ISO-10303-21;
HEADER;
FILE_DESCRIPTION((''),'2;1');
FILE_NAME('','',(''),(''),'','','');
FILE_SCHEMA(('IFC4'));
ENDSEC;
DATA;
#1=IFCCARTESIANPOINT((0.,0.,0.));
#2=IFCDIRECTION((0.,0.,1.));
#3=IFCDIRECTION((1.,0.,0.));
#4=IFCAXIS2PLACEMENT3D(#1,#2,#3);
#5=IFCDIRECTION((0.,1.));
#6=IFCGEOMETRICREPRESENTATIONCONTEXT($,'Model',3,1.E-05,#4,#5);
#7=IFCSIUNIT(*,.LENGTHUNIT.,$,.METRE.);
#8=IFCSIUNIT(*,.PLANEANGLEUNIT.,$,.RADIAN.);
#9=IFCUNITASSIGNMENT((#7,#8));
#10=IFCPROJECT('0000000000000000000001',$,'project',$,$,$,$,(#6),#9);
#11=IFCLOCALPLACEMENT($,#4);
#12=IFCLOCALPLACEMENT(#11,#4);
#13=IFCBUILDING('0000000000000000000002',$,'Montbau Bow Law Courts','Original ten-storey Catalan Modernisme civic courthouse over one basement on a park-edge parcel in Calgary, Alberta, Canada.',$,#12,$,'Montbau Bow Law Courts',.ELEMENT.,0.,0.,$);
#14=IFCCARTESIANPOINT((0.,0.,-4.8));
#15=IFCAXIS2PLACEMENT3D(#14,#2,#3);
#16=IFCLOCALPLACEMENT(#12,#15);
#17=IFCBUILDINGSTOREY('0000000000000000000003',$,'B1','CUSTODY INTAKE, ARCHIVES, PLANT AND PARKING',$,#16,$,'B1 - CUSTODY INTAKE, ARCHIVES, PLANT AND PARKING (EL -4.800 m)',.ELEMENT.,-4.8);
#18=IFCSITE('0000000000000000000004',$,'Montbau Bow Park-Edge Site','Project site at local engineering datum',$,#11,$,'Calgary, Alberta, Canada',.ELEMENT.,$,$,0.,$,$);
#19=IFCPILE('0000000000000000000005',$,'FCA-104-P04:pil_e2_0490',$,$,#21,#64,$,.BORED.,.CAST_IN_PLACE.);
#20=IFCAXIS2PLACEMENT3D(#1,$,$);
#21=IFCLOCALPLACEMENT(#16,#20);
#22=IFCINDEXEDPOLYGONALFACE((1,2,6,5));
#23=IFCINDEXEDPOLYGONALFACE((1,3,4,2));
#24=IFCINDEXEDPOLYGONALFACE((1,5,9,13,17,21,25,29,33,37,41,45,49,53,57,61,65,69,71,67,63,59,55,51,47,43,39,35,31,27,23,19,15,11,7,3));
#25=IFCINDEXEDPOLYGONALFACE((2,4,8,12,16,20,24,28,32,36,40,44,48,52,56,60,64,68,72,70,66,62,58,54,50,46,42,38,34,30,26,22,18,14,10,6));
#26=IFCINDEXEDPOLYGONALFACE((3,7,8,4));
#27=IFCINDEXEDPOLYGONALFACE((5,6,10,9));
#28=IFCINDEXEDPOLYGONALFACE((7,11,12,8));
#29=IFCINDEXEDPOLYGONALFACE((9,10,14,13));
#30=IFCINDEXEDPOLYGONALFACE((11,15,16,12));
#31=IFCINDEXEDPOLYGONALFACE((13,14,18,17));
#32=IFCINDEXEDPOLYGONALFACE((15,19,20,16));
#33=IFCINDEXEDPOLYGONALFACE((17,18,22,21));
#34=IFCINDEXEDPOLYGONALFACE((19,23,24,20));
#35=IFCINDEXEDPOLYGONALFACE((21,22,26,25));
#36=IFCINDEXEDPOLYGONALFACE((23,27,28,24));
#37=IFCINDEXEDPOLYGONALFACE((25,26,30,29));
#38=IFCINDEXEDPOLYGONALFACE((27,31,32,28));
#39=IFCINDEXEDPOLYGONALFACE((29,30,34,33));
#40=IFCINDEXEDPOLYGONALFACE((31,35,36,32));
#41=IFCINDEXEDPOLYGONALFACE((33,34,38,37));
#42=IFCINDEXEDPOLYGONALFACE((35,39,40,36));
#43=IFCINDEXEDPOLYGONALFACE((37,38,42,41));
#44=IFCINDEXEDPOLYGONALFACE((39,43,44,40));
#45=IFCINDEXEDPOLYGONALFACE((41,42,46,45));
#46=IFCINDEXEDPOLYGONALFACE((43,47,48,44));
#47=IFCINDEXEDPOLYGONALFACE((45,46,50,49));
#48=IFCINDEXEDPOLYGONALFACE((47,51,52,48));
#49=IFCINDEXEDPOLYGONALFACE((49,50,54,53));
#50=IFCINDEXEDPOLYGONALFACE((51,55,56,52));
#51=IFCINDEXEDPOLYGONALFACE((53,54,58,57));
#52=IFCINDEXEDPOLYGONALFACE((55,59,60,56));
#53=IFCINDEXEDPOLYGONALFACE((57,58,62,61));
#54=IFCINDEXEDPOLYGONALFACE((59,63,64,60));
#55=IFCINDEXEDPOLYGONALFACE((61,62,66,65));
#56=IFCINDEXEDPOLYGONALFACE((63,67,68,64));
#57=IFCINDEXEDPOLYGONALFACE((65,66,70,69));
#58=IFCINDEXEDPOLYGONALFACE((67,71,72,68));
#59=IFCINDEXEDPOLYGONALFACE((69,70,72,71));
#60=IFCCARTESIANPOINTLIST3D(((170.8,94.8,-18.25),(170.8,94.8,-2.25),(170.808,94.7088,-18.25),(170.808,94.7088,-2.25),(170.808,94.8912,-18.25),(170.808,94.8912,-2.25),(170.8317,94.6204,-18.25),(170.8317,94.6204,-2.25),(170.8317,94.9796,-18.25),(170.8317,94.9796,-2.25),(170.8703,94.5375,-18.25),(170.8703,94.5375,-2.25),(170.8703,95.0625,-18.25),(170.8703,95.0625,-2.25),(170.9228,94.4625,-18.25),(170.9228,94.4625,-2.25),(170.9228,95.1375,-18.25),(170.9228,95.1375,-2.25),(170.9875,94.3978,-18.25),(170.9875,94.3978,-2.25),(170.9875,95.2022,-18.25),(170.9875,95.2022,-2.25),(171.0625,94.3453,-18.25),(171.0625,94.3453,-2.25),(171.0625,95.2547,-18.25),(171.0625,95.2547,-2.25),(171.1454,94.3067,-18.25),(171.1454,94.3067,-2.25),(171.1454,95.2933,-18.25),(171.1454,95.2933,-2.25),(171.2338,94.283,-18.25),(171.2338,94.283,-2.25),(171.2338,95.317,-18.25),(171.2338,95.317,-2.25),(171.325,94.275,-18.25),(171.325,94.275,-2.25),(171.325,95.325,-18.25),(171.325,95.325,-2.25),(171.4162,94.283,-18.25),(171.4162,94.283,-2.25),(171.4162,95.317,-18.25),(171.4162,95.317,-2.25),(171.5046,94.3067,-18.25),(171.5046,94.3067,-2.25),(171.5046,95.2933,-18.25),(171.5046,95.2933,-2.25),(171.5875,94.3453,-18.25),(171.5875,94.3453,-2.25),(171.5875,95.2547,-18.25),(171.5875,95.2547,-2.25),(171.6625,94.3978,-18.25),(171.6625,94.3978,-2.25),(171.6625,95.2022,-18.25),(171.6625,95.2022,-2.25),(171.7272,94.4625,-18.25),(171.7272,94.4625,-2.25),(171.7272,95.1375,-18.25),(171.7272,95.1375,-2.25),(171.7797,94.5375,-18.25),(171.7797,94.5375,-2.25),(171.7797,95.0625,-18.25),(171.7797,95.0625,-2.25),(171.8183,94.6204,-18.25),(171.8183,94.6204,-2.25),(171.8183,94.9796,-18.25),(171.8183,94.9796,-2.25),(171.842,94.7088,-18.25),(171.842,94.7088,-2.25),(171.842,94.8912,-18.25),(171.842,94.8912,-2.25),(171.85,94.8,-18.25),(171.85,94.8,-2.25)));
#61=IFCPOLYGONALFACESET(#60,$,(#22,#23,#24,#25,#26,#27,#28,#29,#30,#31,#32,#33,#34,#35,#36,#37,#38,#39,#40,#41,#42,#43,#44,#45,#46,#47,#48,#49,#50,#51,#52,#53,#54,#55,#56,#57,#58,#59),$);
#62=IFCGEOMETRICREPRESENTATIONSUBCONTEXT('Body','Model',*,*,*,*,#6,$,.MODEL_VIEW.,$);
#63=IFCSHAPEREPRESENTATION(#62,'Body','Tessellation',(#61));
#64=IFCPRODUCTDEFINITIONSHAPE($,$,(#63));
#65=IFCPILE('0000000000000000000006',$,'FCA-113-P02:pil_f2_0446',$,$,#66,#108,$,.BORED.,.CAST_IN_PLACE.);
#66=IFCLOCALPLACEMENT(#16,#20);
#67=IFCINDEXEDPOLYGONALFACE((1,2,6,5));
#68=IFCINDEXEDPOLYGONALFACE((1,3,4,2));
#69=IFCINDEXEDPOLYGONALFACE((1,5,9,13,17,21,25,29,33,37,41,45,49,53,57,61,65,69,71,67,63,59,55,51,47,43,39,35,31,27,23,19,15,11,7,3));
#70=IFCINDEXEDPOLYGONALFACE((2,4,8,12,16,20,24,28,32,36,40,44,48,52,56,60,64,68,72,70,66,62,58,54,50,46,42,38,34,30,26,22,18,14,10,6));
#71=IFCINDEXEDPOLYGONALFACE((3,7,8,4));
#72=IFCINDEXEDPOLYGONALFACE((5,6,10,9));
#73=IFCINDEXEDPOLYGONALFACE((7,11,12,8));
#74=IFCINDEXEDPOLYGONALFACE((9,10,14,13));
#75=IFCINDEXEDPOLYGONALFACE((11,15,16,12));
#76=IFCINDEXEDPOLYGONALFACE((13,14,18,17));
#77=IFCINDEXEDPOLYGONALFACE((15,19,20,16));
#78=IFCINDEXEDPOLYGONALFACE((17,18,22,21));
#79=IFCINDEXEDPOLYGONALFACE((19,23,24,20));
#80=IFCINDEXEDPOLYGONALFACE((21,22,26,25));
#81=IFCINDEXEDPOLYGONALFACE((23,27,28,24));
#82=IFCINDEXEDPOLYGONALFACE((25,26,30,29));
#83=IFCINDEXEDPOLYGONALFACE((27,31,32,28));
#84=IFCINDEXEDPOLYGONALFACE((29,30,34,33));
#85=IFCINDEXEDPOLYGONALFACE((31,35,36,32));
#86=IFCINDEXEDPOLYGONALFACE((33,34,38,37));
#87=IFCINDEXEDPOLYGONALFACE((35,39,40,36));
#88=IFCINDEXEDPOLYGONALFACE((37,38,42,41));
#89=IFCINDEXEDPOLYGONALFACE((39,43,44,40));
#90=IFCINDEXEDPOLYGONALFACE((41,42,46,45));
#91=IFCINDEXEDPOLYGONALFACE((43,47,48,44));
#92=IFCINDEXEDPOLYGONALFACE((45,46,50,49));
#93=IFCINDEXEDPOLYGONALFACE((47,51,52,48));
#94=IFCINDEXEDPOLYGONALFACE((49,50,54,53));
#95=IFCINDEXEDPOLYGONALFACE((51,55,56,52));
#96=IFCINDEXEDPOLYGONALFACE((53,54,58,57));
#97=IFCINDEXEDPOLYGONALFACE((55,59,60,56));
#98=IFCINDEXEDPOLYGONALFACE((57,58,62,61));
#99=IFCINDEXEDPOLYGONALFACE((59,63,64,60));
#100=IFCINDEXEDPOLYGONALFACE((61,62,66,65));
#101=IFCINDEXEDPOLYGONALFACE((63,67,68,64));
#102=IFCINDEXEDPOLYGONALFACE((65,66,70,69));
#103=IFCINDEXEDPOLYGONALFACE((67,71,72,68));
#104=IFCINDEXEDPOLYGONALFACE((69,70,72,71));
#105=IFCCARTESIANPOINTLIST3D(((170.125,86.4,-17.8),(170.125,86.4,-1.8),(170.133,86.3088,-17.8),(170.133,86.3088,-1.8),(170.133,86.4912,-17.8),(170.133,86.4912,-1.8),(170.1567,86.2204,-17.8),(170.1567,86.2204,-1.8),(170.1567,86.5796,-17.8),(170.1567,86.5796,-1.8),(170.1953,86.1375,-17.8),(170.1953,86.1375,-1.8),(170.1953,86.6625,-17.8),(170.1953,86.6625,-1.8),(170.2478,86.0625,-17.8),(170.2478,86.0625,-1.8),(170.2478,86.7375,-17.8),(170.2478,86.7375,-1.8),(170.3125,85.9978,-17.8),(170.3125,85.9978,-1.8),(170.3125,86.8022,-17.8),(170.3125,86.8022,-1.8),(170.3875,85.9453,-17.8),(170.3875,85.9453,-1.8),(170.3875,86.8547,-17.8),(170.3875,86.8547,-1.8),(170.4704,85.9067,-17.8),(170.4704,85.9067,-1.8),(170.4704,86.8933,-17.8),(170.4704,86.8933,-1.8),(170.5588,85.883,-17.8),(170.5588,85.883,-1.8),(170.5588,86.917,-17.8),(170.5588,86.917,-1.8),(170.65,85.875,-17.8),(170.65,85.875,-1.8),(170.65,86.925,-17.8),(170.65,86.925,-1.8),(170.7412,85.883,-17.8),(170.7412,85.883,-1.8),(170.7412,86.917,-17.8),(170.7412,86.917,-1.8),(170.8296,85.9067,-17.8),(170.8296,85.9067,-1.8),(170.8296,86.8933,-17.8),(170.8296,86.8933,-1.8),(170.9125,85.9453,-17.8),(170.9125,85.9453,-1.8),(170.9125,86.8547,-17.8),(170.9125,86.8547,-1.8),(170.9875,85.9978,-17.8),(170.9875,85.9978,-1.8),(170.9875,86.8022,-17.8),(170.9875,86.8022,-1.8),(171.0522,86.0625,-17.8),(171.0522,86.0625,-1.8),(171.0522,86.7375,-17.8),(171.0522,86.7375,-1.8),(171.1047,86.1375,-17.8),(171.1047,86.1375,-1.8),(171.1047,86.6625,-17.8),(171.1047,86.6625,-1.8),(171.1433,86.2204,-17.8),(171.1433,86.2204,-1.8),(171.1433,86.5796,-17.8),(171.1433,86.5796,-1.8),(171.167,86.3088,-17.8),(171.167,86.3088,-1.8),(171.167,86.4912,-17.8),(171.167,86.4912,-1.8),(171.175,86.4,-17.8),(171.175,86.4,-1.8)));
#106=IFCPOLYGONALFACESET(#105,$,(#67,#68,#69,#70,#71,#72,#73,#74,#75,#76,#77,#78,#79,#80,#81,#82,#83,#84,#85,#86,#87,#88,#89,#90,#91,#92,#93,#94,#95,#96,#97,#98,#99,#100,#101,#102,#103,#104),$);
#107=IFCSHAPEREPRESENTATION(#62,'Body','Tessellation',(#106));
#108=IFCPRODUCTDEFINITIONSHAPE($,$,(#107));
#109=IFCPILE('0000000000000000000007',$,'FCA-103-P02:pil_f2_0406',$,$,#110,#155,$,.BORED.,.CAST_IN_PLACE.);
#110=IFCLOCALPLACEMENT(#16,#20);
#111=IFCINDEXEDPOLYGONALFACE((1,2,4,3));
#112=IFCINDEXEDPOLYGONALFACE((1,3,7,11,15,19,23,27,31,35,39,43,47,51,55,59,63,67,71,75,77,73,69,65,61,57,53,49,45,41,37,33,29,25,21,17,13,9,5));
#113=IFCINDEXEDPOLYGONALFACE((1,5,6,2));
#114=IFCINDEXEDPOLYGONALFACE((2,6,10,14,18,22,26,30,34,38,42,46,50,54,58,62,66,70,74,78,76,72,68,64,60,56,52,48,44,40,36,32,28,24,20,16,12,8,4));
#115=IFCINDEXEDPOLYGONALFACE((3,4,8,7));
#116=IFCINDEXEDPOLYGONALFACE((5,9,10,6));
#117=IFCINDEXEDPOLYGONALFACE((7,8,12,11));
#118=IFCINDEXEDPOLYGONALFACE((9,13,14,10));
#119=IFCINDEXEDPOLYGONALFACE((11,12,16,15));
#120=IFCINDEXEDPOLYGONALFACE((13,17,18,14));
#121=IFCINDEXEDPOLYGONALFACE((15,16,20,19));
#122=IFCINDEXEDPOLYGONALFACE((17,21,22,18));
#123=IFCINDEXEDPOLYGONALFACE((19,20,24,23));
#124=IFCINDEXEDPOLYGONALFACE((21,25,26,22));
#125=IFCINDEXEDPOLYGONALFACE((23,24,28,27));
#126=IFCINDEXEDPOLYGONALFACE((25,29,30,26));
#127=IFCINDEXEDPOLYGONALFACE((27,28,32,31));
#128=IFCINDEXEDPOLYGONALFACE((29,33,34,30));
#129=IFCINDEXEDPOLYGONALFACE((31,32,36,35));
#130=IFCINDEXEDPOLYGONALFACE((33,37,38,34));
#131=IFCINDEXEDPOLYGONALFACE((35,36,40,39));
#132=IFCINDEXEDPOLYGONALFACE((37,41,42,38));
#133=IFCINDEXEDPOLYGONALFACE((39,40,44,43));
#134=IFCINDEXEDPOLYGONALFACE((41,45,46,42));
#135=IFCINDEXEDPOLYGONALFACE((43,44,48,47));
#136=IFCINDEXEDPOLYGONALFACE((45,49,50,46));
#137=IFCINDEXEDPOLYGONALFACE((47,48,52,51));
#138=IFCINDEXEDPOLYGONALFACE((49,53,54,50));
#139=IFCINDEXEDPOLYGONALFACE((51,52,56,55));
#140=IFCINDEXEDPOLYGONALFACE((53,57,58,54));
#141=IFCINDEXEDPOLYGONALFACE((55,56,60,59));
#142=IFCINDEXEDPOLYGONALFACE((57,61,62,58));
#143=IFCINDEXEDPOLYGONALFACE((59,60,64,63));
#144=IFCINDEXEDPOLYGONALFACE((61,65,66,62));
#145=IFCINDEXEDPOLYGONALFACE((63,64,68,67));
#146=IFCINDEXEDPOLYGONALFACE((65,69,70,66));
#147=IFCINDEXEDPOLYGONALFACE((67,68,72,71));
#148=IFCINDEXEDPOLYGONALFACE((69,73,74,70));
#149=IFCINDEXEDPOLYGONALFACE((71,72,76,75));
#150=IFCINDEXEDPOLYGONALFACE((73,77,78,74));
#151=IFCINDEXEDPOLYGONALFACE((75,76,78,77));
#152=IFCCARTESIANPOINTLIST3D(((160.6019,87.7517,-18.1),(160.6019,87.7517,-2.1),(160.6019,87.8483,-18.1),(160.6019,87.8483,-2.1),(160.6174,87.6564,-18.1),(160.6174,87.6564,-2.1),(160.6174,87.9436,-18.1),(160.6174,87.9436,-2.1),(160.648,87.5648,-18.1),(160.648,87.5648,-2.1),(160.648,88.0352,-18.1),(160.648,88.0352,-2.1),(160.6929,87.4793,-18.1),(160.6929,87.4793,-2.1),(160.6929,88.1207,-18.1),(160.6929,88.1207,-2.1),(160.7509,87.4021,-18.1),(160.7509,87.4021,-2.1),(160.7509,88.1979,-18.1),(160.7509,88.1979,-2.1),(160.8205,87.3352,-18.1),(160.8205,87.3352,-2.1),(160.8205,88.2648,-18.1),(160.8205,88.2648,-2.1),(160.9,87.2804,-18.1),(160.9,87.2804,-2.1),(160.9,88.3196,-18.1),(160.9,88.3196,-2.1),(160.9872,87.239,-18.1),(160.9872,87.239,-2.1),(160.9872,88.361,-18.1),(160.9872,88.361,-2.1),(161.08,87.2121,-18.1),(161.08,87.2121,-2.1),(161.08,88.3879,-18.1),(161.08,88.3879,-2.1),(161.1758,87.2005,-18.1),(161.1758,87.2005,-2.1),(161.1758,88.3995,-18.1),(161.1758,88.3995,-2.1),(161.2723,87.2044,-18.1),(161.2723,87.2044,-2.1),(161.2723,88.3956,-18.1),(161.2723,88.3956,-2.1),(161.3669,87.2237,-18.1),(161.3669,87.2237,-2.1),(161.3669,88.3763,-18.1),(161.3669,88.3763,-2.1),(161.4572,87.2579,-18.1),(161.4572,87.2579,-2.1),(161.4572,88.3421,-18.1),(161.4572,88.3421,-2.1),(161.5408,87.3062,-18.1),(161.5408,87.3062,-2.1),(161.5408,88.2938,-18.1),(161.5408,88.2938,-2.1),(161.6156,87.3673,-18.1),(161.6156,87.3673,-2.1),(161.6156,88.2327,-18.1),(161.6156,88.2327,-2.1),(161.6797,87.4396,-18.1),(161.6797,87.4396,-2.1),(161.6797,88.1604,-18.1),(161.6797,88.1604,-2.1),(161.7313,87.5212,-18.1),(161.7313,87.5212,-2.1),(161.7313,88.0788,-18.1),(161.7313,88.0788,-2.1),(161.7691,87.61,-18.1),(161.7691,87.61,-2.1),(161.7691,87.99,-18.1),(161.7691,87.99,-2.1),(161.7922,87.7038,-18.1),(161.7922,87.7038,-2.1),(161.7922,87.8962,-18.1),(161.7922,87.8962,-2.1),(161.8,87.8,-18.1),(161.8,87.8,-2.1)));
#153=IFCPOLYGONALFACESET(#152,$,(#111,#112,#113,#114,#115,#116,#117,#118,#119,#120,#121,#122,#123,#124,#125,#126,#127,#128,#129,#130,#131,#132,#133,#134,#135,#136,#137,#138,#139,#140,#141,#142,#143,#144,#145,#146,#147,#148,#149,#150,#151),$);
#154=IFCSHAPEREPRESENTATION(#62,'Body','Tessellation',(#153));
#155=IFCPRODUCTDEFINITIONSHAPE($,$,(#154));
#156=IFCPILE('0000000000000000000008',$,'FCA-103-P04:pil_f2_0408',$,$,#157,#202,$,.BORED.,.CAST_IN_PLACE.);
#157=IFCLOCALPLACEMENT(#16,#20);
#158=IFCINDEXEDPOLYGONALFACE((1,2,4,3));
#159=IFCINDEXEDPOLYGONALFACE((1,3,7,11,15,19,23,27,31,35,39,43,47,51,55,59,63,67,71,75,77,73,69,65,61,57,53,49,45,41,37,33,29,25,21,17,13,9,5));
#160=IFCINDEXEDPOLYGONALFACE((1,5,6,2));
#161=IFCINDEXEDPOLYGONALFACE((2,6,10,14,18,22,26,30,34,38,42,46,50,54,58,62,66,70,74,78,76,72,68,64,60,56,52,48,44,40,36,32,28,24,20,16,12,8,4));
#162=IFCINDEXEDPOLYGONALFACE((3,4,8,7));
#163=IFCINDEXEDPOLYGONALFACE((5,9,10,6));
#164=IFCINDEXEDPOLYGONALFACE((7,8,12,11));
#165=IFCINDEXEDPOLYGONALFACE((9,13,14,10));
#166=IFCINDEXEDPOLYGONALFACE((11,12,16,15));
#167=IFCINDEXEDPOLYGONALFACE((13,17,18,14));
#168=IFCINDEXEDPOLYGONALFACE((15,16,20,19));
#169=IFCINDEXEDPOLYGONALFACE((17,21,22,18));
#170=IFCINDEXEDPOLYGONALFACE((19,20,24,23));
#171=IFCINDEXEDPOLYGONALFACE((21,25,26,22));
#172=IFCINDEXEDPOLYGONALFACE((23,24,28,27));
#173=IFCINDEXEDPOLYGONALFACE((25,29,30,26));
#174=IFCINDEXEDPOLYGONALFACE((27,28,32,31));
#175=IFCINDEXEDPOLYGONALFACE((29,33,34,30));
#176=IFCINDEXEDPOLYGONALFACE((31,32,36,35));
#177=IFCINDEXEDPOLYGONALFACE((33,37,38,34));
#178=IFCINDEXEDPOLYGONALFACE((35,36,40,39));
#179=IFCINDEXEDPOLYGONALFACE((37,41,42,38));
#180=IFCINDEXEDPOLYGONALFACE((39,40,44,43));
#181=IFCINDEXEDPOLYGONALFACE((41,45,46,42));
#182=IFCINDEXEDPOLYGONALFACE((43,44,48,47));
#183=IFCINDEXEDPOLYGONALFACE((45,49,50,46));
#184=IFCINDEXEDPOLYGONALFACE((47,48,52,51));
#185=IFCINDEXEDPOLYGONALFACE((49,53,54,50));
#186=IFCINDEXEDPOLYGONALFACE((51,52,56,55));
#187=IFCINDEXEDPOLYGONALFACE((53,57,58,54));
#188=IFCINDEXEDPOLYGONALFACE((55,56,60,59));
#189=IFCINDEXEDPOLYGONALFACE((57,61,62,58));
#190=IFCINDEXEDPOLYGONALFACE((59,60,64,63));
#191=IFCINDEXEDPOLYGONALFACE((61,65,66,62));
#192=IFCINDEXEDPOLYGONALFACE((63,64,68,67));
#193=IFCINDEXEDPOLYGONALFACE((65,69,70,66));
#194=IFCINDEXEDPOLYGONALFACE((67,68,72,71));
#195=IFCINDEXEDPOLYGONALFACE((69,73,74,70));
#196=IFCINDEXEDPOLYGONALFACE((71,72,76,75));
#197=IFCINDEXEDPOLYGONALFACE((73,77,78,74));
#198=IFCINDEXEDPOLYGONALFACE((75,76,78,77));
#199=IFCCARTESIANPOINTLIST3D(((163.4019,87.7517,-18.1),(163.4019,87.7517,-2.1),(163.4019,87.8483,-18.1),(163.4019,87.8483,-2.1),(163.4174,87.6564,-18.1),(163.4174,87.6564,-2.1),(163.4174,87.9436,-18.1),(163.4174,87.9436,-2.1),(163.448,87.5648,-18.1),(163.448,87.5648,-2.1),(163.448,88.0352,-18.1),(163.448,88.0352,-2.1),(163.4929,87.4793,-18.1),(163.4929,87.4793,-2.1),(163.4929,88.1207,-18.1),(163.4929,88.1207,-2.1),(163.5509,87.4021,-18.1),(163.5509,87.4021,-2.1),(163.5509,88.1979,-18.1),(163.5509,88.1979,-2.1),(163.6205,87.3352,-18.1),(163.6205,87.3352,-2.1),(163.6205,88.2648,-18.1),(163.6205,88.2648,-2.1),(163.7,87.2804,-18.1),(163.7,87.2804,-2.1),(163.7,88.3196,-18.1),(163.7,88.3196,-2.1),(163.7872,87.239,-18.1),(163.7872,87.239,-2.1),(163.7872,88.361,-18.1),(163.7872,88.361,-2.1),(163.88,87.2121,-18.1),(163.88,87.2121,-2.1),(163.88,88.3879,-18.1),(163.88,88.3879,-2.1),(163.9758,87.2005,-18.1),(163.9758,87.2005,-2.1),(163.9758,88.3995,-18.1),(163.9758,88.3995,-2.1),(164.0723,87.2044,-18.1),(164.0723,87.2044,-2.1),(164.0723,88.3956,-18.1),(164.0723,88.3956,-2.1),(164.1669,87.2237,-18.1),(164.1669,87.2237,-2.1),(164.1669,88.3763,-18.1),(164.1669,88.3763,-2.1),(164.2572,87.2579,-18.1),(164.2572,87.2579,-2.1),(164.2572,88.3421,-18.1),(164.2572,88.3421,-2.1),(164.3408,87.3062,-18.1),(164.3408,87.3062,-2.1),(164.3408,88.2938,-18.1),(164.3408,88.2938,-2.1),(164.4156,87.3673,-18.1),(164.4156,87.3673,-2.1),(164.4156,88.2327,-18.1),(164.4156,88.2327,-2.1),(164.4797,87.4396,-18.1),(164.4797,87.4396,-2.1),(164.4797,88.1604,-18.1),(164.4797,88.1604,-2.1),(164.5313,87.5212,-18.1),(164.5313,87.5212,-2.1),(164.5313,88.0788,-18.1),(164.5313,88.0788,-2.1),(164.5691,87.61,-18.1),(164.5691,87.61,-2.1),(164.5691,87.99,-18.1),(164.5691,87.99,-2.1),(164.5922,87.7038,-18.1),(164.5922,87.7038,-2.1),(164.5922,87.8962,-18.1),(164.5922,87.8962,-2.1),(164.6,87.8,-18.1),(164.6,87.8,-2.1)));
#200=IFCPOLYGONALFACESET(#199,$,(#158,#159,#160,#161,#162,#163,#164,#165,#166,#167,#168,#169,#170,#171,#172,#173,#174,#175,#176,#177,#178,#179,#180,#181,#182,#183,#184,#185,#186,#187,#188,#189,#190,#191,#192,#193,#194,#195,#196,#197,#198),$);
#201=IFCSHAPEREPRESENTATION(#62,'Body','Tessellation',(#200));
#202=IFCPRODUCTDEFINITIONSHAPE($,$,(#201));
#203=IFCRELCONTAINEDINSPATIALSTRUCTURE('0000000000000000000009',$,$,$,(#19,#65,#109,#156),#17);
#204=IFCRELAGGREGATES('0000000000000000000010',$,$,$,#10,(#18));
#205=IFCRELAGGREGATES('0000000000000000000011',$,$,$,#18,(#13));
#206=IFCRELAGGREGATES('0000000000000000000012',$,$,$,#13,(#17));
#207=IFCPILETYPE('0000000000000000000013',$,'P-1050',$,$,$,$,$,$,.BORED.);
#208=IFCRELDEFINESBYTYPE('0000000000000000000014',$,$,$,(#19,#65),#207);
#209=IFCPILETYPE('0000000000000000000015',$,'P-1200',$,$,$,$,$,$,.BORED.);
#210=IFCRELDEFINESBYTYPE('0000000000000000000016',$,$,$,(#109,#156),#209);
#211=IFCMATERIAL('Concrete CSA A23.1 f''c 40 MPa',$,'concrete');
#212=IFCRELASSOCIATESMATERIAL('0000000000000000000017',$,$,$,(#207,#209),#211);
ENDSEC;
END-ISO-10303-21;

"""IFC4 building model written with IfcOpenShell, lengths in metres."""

from ifc_helpers import new_model, si_unit, direction, frame, origin_with_axes, origin_2d_with_axis, place, context, subcontext, project, spatial, circle, extrude, material, material_profile, profile_set, type_object, element, save


model = new_model("IFC4")

# Units and contexts
model_context = context("Model", 3, precision=1e-05, world=origin_with_axes(), true_north=direction((0.0, 1.0)))
body_context = subcontext(model_context, "Body", "Model", "MODEL_VIEW")
ifc_project = project(units=[si_unit("LENGTHUNIT", "METRE"), si_unit("PLANEANGLEUNIT", "RADIAN")], contexts=[model_context])

# Site, building, storey
site_placement = place(None, origin_with_axes())
site = spatial("IfcSite", under=ifc_project, at=site_placement, Name="Montbau Bow Park-Edge Site", Description="Project site at local engineering datum", LongName="Calgary, Alberta, Canada", CompositionType="ELEMENT", RefElevation=0.0)
building_placement = place(site_placement, origin_with_axes())
building = spatial("IfcBuilding", under=site, at=building_placement, Name="Montbau Bow Law Courts", Description="Original ten-storey Catalan Modernisme civic courthouse over one basement on a park-edge parcel in Calgary, Alberta, Canada.", LongName="Montbau Bow Law Courts", CompositionType="ELEMENT", ElevationOfRefHeight=0.0, ElevationOfTerrain=0.0)
storey_placement = place(building_placement, frame((0.0, 0.0, -4.8), z_axis=(0.0, 0.0, 1.0), x_axis=(1.0, 0.0, 0.0)))
storey = spatial("IfcBuildingStorey", under=building, at=storey_placement, Name="B1", Description="CUSTODY INTAKE, ARCHIVES, PLANT AND PARKING", LongName="B1 - CUSTODY INTAKE, ARCHIVES, PLANT AND PARKING (EL -4.800 m)", CompositionType="ELEMENT", Elevation=-4.8)

# Piles
ifc_material_1 = material(Name="Concrete CSA A23.1 f'c 40 MPa", Category="concrete")
ifc_material_profile_1 = material_profile(ifc_material_1, circle(Radius=0.525, at=origin_2d_with_axis()), Name="BP1050", Category="Main", Priority=0)
ifc_profile_set_1 = profile_set([ifc_material_profile_1], Name="Concrete CSA A23.1 f'c 40 MPa")
pile_type_1 = type_object("IfcPileType", Name="P-1050", PredefinedType="BORED", material=ifc_profile_set_1)
for number, where, z_axis, x_axis, name in (
    (1, (171.325, 94.8, -23.05), (0.0, 0.0, 1.0), (1.0, 0.0, 0.0), "FCA-104-P04:pil_e2_0490"),
    (2, (170.65, 86.4, -22.6), (0.0, 0.0, 1.0), (1.0, 0.0, 0.0), "FCA-113-P02:pil_f2_0446"),
):
    element("IfcPile", number, at=place(None, frame(where, z_axis=z_axis, x_axis=x_axis)), inside=storey, type_object=pile_type_1, Name=name, ConstructionType="CAST_IN_PLACE", PredefinedType="BORED", context=body_context, shape_type="SweptSolid", body=[
        extrude(circle(Radius=0.525, at=origin_2d_with_axis()), origin_with_axes(), (0.0, 0.0, 1.0), 16.0),
    ])
ifc_material_profile_2 = material_profile(ifc_material_1, circle(Radius=0.6, at=origin_2d_with_axis()), Name="BP1200", Category="Main", Priority=0)
ifc_profile_set_2 = profile_set([ifc_material_profile_2], Name="Concrete CSA A23.1 f'c 40 MPa")
pile_type_2 = type_object("IfcPileType", Name="P-1200", PredefinedType="BORED", material=ifc_profile_set_2)
for number, where, z_axis, x_axis, name in (
    (3, (161.2, 87.8, -22.9), (0.0, 0.0, 1.0), (1.0, 0.0, 0.0), "FCA-103-P02:pil_f2_0406"),
    (4, (164.0, 87.8, -22.9), (0.0, 0.0, 1.0), (1.0, 0.0, 0.0), "FCA-103-P04:pil_f2_0408"),
):
    element("IfcPile", number, at=place(None, frame(where, z_axis=z_axis, x_axis=x_axis)), inside=storey, type_object=pile_type_2, Name=name, ConstructionType="CAST_IN_PLACE", PredefinedType="BORED", context=body_context, shape_type="SweptSolid", body=[
        extrude(circle(Radius=0.6, at=origin_2d_with_axis()), origin_with_axes(), (0.0, 0.0, 1.0), 16.0),
    ])

save(model, "model.ifc")
